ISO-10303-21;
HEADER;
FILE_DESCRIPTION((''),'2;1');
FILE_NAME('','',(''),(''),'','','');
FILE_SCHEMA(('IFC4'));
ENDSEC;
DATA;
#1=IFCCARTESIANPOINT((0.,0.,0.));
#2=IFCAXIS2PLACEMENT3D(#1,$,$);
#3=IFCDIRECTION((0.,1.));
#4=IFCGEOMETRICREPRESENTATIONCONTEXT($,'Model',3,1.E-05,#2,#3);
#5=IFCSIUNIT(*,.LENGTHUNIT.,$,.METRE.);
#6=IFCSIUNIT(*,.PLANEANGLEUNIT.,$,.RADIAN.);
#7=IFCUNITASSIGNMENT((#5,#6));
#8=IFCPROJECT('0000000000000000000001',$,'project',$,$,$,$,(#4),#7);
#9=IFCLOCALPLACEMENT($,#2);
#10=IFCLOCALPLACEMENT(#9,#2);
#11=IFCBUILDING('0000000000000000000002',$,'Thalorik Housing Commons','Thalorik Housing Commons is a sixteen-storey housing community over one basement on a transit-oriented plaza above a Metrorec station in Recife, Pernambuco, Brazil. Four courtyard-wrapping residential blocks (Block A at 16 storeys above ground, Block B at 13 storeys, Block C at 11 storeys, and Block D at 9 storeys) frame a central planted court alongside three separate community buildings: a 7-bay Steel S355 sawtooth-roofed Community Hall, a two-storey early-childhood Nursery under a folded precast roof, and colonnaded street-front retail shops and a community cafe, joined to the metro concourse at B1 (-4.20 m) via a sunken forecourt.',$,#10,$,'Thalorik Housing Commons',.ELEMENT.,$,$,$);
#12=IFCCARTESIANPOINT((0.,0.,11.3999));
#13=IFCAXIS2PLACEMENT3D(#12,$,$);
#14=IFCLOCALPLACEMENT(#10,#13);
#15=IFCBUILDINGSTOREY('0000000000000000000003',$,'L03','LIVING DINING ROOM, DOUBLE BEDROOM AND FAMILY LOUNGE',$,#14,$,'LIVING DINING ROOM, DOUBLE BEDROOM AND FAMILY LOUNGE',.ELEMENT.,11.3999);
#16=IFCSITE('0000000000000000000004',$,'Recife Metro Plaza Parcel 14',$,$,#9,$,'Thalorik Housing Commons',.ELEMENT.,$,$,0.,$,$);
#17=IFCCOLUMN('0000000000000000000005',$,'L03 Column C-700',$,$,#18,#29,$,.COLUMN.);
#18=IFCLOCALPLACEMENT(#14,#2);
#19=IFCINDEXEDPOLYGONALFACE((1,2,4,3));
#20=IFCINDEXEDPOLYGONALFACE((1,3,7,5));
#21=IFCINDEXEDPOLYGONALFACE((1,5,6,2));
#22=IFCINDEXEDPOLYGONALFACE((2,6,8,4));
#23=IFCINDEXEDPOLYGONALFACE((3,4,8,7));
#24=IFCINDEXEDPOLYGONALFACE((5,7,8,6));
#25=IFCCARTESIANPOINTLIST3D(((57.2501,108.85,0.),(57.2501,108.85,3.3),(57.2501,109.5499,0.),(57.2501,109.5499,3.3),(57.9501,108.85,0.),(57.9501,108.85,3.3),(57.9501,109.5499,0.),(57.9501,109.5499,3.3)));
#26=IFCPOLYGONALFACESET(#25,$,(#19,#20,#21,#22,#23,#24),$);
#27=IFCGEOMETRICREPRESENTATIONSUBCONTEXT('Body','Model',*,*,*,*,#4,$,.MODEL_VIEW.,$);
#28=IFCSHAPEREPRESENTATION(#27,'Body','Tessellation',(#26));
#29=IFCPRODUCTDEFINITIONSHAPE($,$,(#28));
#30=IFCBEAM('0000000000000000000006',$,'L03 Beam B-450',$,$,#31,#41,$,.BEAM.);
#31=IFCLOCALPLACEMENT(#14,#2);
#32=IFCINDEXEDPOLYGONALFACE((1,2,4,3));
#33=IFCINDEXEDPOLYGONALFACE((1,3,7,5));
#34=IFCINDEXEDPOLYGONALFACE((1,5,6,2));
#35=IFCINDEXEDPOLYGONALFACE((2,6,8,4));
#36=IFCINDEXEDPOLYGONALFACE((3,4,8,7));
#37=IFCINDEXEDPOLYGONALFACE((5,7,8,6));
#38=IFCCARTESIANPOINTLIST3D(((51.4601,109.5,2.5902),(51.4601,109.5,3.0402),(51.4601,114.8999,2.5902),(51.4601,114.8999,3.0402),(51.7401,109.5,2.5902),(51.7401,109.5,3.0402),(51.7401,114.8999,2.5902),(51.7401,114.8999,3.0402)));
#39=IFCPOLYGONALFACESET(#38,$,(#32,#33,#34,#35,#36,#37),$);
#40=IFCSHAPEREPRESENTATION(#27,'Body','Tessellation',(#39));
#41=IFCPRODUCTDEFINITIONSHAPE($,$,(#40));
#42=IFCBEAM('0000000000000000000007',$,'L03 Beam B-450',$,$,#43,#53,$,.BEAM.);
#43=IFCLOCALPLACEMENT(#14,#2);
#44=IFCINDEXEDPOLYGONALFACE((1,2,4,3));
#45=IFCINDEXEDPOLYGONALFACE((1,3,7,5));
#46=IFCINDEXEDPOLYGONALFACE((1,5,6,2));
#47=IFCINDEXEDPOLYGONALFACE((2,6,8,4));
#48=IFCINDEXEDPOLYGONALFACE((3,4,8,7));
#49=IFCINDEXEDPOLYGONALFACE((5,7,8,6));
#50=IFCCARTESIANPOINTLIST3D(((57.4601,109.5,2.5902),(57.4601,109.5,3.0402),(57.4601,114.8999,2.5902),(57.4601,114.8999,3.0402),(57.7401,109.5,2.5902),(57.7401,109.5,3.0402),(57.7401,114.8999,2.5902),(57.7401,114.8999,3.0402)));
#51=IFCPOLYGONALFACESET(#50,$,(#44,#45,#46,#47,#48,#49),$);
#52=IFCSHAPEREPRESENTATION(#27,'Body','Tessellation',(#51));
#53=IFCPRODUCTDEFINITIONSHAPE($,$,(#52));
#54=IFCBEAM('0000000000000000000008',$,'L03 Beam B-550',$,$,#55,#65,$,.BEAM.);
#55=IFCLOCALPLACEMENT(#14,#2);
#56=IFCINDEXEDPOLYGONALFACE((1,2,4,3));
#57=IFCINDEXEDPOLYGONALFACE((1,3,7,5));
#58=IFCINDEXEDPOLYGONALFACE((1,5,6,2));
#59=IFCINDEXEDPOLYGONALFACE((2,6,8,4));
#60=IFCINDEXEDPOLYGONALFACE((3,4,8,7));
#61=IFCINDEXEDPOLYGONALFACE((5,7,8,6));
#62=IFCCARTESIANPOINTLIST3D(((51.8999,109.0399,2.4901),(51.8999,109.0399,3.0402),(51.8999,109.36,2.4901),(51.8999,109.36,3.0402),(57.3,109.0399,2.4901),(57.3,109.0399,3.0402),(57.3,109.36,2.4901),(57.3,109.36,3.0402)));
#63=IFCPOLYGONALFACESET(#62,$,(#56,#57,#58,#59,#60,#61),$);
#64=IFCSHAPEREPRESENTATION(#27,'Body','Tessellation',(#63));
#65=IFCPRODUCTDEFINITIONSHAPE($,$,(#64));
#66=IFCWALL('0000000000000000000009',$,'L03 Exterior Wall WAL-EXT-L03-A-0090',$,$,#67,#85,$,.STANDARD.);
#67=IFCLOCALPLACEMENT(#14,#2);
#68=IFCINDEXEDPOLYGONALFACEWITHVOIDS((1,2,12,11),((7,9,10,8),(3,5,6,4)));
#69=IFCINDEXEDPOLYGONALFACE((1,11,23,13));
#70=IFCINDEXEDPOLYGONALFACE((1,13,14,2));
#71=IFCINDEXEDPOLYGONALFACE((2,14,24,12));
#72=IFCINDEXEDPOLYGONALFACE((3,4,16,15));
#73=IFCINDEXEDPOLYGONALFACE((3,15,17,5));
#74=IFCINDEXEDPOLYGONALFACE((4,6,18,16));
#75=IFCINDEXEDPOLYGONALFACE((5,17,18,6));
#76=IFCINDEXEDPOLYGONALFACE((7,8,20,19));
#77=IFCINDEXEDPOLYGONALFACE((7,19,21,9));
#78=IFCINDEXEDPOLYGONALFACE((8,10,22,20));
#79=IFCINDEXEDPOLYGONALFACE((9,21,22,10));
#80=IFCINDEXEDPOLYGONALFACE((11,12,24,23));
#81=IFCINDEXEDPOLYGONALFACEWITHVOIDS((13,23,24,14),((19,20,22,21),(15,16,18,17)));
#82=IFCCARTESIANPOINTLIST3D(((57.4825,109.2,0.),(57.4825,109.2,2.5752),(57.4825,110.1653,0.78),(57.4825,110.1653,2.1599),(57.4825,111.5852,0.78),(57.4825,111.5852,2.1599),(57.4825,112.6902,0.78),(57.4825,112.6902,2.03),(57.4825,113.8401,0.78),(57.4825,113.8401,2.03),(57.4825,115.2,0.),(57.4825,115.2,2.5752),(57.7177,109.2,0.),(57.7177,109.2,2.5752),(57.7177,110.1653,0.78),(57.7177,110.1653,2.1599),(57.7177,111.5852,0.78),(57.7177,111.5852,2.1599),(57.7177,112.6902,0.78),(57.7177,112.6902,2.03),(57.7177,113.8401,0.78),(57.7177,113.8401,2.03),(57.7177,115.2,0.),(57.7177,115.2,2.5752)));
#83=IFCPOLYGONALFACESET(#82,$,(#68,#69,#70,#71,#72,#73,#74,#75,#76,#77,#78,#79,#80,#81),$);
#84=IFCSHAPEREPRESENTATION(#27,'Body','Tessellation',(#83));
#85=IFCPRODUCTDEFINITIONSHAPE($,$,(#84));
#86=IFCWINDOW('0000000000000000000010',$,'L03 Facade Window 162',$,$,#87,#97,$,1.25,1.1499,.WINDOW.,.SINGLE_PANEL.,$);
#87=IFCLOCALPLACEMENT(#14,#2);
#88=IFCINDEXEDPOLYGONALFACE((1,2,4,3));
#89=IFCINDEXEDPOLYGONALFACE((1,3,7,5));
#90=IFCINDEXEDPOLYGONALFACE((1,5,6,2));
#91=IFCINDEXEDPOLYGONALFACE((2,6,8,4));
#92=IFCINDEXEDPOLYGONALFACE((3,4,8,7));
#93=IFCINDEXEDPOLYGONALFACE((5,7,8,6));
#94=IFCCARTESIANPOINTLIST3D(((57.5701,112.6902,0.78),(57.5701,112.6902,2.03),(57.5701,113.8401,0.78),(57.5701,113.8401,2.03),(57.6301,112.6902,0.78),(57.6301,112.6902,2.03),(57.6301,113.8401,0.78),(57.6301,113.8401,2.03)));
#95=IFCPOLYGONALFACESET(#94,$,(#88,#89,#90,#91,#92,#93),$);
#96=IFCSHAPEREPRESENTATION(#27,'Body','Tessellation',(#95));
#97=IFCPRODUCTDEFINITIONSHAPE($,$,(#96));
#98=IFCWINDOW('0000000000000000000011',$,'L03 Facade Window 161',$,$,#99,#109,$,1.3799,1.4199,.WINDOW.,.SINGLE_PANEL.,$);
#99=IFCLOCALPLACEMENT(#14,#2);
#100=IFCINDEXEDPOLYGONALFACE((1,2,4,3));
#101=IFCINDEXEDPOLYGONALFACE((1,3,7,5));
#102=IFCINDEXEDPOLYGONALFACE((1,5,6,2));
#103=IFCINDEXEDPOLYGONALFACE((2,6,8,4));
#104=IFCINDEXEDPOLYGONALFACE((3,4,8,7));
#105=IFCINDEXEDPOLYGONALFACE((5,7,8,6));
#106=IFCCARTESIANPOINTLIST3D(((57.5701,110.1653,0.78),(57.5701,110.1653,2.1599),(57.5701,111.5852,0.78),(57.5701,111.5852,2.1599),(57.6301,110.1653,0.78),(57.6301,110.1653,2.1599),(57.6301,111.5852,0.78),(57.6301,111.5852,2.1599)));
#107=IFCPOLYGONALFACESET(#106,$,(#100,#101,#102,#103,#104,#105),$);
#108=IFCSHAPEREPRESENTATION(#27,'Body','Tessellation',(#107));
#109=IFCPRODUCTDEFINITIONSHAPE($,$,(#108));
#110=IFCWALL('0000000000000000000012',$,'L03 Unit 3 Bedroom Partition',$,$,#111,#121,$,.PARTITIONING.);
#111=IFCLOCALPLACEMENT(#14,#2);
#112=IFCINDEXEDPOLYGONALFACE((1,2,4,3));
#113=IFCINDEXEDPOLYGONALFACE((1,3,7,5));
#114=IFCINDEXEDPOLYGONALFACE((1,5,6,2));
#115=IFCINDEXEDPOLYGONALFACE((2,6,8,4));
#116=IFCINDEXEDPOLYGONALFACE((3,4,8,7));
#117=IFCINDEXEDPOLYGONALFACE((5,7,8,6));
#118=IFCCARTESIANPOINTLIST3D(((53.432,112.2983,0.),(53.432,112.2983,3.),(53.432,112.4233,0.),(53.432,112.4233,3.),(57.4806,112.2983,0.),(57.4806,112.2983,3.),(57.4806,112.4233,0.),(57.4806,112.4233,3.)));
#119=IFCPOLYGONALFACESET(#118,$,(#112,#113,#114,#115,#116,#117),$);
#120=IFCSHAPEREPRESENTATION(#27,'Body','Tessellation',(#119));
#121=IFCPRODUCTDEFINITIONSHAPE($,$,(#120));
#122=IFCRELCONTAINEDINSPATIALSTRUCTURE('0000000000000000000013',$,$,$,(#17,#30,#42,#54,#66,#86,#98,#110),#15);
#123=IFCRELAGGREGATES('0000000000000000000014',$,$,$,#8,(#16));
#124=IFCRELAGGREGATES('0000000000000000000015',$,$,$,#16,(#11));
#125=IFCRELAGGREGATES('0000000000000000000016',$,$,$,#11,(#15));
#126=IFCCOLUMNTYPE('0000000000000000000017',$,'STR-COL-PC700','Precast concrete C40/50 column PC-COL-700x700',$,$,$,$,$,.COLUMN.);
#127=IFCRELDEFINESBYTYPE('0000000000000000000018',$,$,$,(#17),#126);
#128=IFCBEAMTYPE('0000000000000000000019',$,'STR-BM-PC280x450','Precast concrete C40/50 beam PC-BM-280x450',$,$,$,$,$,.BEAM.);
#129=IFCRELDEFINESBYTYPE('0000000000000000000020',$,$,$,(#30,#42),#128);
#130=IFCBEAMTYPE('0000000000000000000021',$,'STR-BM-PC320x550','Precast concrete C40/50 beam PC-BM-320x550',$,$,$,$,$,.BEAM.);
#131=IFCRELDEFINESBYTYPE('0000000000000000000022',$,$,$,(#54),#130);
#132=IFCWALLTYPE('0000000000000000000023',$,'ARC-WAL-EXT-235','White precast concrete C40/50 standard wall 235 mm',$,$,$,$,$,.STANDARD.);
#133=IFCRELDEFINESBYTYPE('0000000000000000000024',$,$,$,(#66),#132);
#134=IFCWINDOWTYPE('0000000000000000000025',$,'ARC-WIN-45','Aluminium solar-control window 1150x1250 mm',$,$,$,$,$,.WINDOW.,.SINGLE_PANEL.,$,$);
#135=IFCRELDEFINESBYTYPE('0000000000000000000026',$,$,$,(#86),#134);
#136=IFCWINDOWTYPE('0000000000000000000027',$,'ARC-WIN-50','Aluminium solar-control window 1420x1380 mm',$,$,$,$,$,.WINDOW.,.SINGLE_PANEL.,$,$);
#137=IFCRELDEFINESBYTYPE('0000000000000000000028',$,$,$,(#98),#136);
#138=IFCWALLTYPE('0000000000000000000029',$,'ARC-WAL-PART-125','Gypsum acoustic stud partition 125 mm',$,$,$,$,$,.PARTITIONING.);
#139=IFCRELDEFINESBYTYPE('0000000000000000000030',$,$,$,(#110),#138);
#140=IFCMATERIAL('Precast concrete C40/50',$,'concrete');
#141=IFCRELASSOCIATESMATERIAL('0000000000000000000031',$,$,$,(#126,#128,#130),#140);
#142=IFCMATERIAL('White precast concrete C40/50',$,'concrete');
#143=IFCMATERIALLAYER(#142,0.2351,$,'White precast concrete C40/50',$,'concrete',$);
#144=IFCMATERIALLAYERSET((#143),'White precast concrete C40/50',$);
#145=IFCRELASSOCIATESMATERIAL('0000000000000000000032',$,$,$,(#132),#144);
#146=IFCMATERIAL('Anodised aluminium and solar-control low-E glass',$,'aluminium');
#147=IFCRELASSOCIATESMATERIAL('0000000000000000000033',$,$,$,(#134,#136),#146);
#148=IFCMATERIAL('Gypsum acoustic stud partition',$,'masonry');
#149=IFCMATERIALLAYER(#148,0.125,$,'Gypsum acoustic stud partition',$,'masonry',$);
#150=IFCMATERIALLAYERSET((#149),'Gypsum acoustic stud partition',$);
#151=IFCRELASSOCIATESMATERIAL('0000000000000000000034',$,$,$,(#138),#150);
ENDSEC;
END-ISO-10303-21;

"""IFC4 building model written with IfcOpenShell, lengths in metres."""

from ifc_helpers import new_model, si_unit, direction, frame, frame_2d, origin, origin_2d, place, context, subcontext, project, spatial, rectangle, extrude, material, layer, layer_set, material_profile, profile_set, type_object, element, fill, save


model = new_model("IFC4")

# Units and contexts
model_context = context("Model", 3, precision=1e-05, world=origin(), true_north=direction((0.0, 1.0)))
body_context = subcontext(model_context, "Body", "Model", "MODEL_VIEW")
ifc_project = project(units=[si_unit("LENGTHUNIT", "METRE"), si_unit("PLANEANGLEUNIT", "RADIAN")], contexts=[model_context])

# Site, building, storey
site_placement = place(None, origin())
site = spatial("IfcSite", under=ifc_project, at=site_placement, Name="Recife Metro Plaza Parcel 14", LongName="Thalorik Housing Commons", CompositionType="ELEMENT", RefElevation=0.0)
building_placement = place(site_placement, origin())
building = spatial("IfcBuilding", under=site, at=building_placement, Name="Thalorik Housing Commons", Description="Thalorik Housing Commons is a sixteen-storey housing community over one basement on a transit-oriented plaza above a Metrorec station in Recife, Pernambuco, Brazil. Four courtyard-wrapping residential blocks (Block A at 16 storeys above ground, Block B at 13 storeys, Block C at 11 storeys, and Block D at 9 storeys) frame a central planted court alongside three separate community buildings: a 7-bay Steel S355 sawtooth-roofed Community Hall, a two-storey early-childhood Nursery under a folded precast roof, and colonnaded street-front retail shops and a community cafe, joined to the metro concourse at B1 (-4.20 m) via a sunken forecourt.", LongName="Thalorik Housing Commons", CompositionType="ELEMENT")
storey_placement = place(building_placement, frame((0.0, 0.0, 11.3999)))
storey = spatial("IfcBuildingStorey", under=building, at=storey_placement, Name="L03", Description="LIVING DINING ROOM, DOUBLE BEDROOM AND FAMILY LOUNGE", LongName="LIVING DINING ROOM, DOUBLE BEDROOM AND FAMILY LOUNGE", CompositionType="ELEMENT", Elevation=11.3999)

# Column
ifc_material_1 = material(Name="Precast concrete C40/50", Category="concrete")
ifc_material_profile_1 = material_profile(ifc_material_1, rectangle(XDim=0.7, YDim=0.7, at=origin_2d()), Name="PC 700x700", Category="concrete")
ifc_profile_set_1 = profile_set([ifc_material_profile_1], Name="Precast concrete C40/50")
column_type = type_object("IfcColumnType", Name="STR-COL-PC700", Description="Precast concrete C40/50 column PC-COL-700x700", PredefinedType="COLUMN", material=ifc_profile_set_1)
column_placement = place(storey_placement, frame((57.6001, 109.2, 0.0), z_axis=(0.0, 0.0, 1.0), x_axis=(1.0, 0.0, 0.0)))
element("IfcColumn", 1, at=column_placement, inside=storey, type_object=column_type, Name="L03 Column C-700", PredefinedType="COLUMN", context=body_context, shape_type="SweptSolid", body=[
    extrude(rectangle(XDim=0.7, YDim=0.7, at=origin_2d()), origin(), (0.0, 0.0, 1.0), 3.3),
])

# Beams
ifc_material_profile_2 = material_profile(ifc_material_1, rectangle(XDim=0.28, YDim=0.45, at=origin_2d()), Name="PC 280x450", Category="concrete")
ifc_profile_set_2 = profile_set([ifc_material_profile_2], Name="Precast concrete C40/50")
beam_type_1 = type_object("IfcBeamType", Name="STR-BM-PC280x450", Description="Precast concrete C40/50 beam PC-BM-280x450", PredefinedType="BEAM", material=ifc_profile_set_2)
for number, where, z_axis, x_axis, name in (
    (2, (51.6001, 109.5, 2.8152), (0.0, 1.0, 0.0), (-1.0, 0.0, 0.0), "L03 Beam B-450"),
    (3, (57.6001, 109.5, 2.8152), (0.0, 1.0, 0.0), (-1.0, 0.0, 0.0), "L03 Beam B-450"),
):
    element("IfcBeam", number, at=place(storey_placement, frame(where, z_axis=z_axis, x_axis=x_axis)), inside=storey, type_object=beam_type_1, Name=name, PredefinedType="BEAM", context=body_context, shape_type="SweptSolid", body=[
        extrude(rectangle(XDim=0.28, YDim=0.45, at=origin_2d()), origin(), (0.0, 0.0, 1.0), 5.3999),
    ])
ifc_material_profile_3 = material_profile(ifc_material_1, rectangle(XDim=0.3201, YDim=0.55, at=origin_2d()), Name="PC 320x550", Category="concrete")
ifc_profile_set_3 = profile_set([ifc_material_profile_3], Name="Precast concrete C40/50")
beam_type_2 = type_object("IfcBeamType", Name="STR-BM-PC320x550", Description="Precast concrete C40/50 beam PC-BM-320x550", PredefinedType="BEAM", material=ifc_profile_set_3)
beam_placement = place(storey_placement, frame((51.8999, 109.2, 2.7651), z_axis=(1.0, 0.0, 0.0), x_axis=(0.0, 1.0, 0.0)))
element("IfcBeam", 4, at=beam_placement, inside=storey, type_object=beam_type_2, Name="L03 Beam B-550", PredefinedType="BEAM", context=body_context, shape_type="SweptSolid", body=[
    extrude(rectangle(XDim=0.3201, YDim=0.55, at=origin_2d()), origin(), (0.0, 0.0, 1.0), 5.4001),
])

# Wall, openings, windows
ifc_material_2 = material(Name="White precast concrete C40/50", Category="concrete")
ifc_layer_1 = layer(ifc_material_2, 0.2351, Name="White precast concrete C40/50", Category="concrete")
ifc_layer_set_1 = layer_set([ifc_layer_1], Name="White precast concrete C40/50")
wall_type_1 = type_object("IfcWallType", Name="ARC-WAL-EXT-235", Description="White precast concrete C40/50 standard wall 235 mm", PredefinedType="STANDARD", material=ifc_layer_set_1)
wall_1_placement = place(storey_placement, frame((57.6001, 109.2, 0.0), z_axis=(0.0, 0.0, 1.0), x_axis=(0.0, 1.0, 0.0)))
wall_1 = element("IfcWall", 5, at=wall_1_placement, inside=storey, type_object=wall_type_1, Name="L03 Exterior Wall WAL-EXT-L03-A-0090", PredefinedType="STANDARD", context=body_context, shape_type="SweptSolid", body=[
    extrude(rectangle(XDim=6.0, YDim=0.2351, at=frame_2d((3.0, 0.0))), origin(), (0.0, 0.0, 1.0), 2.5752),
])
opening_1_placement = place(wall_1_placement, frame((0.9653, 0.0, 0.78)))
opening_1 = element("IfcOpeningElement", 6, at=opening_1_placement, cuts=wall_1, PredefinedType="OPENING", context=body_context, shape_type="SweptSolid", body=[
    extrude(rectangle(XDim=1.4199, YDim=1.3799, at=frame_2d((0.71, 0.6899))), frame((0.0, 0.1274, 0.0), z_axis=(0.0, -1.0, 0.0), x_axis=(1.0, 0.0, 0.0)), (0.0, 0.0, 1.0), 0.2551),
])
opening_2_placement = place(wall_1_placement, frame((3.4902, 0.0, 0.78)))
opening_2 = element("IfcOpeningElement", 7, at=opening_2_placement, cuts=wall_1, PredefinedType="OPENING", context=body_context, shape_type="SweptSolid", body=[
    extrude(rectangle(XDim=1.1499, YDim=1.25, at=frame_2d((0.575, 0.625))), frame((0.0, 0.1274, 0.0), z_axis=(0.0, -1.0, 0.0), x_axis=(1.0, 0.0, 0.0)), (0.0, 0.0, 1.0), 0.2551),
])
ifc_material_3 = material(Name="Anodised aluminium and solar-control low-E glass", Category="aluminium")
window_type_1 = type_object("IfcWindowType", Name="ARC-WIN-45", Description="Aluminium solar-control window 1150x1250 mm", PartitioningType="SINGLE_PANEL", PredefinedType="WINDOW", material=ifc_material_3)
window_1_placement = place(opening_2_placement, origin())
window_1 = element("IfcWindow", 8, at=window_1_placement, inside=storey, type_object=window_type_1, Name="L03 Facade Window 162", OverallHeight=1.25, OverallWidth=1.1499, PartitioningType="SINGLE_PANEL", PredefinedType="WINDOW", context=body_context, shape_type="SweptSolid", body=[
    extrude(rectangle(XDim=1.1499, YDim=1.25, at=frame_2d((0.575, 0.625))), frame((0.0, 0.03, 0.0), z_axis=(0.0, -1.0, 0.0), x_axis=(1.0, 0.0, 0.0)), (0.0, 0.0, 1.0), 0.0601),
])
fill(opening_2, window_1)
window_type_2 = type_object("IfcWindowType", Name="ARC-WIN-50", Description="Aluminium solar-control window 1420x1380 mm", PartitioningType="SINGLE_PANEL", PredefinedType="WINDOW", material=ifc_material_3)
window_2_placement = place(opening_1_placement, origin())
window_2 = element("IfcWindow", 9, at=window_2_placement, inside=storey, type_object=window_type_2, Name="L03 Facade Window 161", OverallHeight=1.3799, OverallWidth=1.4199, PartitioningType="SINGLE_PANEL", PredefinedType="WINDOW", context=body_context, shape_type="SweptSolid", body=[
    extrude(rectangle(XDim=1.4199, YDim=1.3799, at=frame_2d((0.71, 0.6899))), frame((0.0, 0.03, 0.0), z_axis=(0.0, -1.0, 0.0), x_axis=(1.0, 0.0, 0.0)), (0.0, 0.0, 1.0), 0.0601),
])
fill(opening_1, window_2)

# Wall
ifc_material_4 = material(Name="Gypsum acoustic stud partition", Category="masonry")
ifc_layer_2 = layer(ifc_material_4, 0.125, Name="Gypsum acoustic stud partition", Category="masonry")
ifc_layer_set_2 = layer_set([ifc_layer_2], Name="Gypsum acoustic stud partition")
wall_type_2 = type_object("IfcWallType", Name="ARC-WAL-PART-125", Description="Gypsum acoustic stud partition 125 mm", PredefinedType="PARTITIONING", material=ifc_layer_set_2)
wall_2_placement = place(storey_placement, frame((53.4319, 112.3608, 0.0), z_axis=(0.0, 0.0, 1.0), x_axis=(1.0, 0.0, 0.0)))
element("IfcWall", 10, at=wall_2_placement, inside=storey, type_object=wall_type_2, Name="L03 Unit 3 Bedroom Partition", PredefinedType="PARTITIONING", context=body_context, shape_type="SweptSolid", body=[
    extrude(rectangle(XDim=4.0486, YDim=0.125, at=frame_2d((2.0244, 0.0))), origin(), (0.0, 0.0, 1.0), 3.0),
])

save(model, "model.ifc")
